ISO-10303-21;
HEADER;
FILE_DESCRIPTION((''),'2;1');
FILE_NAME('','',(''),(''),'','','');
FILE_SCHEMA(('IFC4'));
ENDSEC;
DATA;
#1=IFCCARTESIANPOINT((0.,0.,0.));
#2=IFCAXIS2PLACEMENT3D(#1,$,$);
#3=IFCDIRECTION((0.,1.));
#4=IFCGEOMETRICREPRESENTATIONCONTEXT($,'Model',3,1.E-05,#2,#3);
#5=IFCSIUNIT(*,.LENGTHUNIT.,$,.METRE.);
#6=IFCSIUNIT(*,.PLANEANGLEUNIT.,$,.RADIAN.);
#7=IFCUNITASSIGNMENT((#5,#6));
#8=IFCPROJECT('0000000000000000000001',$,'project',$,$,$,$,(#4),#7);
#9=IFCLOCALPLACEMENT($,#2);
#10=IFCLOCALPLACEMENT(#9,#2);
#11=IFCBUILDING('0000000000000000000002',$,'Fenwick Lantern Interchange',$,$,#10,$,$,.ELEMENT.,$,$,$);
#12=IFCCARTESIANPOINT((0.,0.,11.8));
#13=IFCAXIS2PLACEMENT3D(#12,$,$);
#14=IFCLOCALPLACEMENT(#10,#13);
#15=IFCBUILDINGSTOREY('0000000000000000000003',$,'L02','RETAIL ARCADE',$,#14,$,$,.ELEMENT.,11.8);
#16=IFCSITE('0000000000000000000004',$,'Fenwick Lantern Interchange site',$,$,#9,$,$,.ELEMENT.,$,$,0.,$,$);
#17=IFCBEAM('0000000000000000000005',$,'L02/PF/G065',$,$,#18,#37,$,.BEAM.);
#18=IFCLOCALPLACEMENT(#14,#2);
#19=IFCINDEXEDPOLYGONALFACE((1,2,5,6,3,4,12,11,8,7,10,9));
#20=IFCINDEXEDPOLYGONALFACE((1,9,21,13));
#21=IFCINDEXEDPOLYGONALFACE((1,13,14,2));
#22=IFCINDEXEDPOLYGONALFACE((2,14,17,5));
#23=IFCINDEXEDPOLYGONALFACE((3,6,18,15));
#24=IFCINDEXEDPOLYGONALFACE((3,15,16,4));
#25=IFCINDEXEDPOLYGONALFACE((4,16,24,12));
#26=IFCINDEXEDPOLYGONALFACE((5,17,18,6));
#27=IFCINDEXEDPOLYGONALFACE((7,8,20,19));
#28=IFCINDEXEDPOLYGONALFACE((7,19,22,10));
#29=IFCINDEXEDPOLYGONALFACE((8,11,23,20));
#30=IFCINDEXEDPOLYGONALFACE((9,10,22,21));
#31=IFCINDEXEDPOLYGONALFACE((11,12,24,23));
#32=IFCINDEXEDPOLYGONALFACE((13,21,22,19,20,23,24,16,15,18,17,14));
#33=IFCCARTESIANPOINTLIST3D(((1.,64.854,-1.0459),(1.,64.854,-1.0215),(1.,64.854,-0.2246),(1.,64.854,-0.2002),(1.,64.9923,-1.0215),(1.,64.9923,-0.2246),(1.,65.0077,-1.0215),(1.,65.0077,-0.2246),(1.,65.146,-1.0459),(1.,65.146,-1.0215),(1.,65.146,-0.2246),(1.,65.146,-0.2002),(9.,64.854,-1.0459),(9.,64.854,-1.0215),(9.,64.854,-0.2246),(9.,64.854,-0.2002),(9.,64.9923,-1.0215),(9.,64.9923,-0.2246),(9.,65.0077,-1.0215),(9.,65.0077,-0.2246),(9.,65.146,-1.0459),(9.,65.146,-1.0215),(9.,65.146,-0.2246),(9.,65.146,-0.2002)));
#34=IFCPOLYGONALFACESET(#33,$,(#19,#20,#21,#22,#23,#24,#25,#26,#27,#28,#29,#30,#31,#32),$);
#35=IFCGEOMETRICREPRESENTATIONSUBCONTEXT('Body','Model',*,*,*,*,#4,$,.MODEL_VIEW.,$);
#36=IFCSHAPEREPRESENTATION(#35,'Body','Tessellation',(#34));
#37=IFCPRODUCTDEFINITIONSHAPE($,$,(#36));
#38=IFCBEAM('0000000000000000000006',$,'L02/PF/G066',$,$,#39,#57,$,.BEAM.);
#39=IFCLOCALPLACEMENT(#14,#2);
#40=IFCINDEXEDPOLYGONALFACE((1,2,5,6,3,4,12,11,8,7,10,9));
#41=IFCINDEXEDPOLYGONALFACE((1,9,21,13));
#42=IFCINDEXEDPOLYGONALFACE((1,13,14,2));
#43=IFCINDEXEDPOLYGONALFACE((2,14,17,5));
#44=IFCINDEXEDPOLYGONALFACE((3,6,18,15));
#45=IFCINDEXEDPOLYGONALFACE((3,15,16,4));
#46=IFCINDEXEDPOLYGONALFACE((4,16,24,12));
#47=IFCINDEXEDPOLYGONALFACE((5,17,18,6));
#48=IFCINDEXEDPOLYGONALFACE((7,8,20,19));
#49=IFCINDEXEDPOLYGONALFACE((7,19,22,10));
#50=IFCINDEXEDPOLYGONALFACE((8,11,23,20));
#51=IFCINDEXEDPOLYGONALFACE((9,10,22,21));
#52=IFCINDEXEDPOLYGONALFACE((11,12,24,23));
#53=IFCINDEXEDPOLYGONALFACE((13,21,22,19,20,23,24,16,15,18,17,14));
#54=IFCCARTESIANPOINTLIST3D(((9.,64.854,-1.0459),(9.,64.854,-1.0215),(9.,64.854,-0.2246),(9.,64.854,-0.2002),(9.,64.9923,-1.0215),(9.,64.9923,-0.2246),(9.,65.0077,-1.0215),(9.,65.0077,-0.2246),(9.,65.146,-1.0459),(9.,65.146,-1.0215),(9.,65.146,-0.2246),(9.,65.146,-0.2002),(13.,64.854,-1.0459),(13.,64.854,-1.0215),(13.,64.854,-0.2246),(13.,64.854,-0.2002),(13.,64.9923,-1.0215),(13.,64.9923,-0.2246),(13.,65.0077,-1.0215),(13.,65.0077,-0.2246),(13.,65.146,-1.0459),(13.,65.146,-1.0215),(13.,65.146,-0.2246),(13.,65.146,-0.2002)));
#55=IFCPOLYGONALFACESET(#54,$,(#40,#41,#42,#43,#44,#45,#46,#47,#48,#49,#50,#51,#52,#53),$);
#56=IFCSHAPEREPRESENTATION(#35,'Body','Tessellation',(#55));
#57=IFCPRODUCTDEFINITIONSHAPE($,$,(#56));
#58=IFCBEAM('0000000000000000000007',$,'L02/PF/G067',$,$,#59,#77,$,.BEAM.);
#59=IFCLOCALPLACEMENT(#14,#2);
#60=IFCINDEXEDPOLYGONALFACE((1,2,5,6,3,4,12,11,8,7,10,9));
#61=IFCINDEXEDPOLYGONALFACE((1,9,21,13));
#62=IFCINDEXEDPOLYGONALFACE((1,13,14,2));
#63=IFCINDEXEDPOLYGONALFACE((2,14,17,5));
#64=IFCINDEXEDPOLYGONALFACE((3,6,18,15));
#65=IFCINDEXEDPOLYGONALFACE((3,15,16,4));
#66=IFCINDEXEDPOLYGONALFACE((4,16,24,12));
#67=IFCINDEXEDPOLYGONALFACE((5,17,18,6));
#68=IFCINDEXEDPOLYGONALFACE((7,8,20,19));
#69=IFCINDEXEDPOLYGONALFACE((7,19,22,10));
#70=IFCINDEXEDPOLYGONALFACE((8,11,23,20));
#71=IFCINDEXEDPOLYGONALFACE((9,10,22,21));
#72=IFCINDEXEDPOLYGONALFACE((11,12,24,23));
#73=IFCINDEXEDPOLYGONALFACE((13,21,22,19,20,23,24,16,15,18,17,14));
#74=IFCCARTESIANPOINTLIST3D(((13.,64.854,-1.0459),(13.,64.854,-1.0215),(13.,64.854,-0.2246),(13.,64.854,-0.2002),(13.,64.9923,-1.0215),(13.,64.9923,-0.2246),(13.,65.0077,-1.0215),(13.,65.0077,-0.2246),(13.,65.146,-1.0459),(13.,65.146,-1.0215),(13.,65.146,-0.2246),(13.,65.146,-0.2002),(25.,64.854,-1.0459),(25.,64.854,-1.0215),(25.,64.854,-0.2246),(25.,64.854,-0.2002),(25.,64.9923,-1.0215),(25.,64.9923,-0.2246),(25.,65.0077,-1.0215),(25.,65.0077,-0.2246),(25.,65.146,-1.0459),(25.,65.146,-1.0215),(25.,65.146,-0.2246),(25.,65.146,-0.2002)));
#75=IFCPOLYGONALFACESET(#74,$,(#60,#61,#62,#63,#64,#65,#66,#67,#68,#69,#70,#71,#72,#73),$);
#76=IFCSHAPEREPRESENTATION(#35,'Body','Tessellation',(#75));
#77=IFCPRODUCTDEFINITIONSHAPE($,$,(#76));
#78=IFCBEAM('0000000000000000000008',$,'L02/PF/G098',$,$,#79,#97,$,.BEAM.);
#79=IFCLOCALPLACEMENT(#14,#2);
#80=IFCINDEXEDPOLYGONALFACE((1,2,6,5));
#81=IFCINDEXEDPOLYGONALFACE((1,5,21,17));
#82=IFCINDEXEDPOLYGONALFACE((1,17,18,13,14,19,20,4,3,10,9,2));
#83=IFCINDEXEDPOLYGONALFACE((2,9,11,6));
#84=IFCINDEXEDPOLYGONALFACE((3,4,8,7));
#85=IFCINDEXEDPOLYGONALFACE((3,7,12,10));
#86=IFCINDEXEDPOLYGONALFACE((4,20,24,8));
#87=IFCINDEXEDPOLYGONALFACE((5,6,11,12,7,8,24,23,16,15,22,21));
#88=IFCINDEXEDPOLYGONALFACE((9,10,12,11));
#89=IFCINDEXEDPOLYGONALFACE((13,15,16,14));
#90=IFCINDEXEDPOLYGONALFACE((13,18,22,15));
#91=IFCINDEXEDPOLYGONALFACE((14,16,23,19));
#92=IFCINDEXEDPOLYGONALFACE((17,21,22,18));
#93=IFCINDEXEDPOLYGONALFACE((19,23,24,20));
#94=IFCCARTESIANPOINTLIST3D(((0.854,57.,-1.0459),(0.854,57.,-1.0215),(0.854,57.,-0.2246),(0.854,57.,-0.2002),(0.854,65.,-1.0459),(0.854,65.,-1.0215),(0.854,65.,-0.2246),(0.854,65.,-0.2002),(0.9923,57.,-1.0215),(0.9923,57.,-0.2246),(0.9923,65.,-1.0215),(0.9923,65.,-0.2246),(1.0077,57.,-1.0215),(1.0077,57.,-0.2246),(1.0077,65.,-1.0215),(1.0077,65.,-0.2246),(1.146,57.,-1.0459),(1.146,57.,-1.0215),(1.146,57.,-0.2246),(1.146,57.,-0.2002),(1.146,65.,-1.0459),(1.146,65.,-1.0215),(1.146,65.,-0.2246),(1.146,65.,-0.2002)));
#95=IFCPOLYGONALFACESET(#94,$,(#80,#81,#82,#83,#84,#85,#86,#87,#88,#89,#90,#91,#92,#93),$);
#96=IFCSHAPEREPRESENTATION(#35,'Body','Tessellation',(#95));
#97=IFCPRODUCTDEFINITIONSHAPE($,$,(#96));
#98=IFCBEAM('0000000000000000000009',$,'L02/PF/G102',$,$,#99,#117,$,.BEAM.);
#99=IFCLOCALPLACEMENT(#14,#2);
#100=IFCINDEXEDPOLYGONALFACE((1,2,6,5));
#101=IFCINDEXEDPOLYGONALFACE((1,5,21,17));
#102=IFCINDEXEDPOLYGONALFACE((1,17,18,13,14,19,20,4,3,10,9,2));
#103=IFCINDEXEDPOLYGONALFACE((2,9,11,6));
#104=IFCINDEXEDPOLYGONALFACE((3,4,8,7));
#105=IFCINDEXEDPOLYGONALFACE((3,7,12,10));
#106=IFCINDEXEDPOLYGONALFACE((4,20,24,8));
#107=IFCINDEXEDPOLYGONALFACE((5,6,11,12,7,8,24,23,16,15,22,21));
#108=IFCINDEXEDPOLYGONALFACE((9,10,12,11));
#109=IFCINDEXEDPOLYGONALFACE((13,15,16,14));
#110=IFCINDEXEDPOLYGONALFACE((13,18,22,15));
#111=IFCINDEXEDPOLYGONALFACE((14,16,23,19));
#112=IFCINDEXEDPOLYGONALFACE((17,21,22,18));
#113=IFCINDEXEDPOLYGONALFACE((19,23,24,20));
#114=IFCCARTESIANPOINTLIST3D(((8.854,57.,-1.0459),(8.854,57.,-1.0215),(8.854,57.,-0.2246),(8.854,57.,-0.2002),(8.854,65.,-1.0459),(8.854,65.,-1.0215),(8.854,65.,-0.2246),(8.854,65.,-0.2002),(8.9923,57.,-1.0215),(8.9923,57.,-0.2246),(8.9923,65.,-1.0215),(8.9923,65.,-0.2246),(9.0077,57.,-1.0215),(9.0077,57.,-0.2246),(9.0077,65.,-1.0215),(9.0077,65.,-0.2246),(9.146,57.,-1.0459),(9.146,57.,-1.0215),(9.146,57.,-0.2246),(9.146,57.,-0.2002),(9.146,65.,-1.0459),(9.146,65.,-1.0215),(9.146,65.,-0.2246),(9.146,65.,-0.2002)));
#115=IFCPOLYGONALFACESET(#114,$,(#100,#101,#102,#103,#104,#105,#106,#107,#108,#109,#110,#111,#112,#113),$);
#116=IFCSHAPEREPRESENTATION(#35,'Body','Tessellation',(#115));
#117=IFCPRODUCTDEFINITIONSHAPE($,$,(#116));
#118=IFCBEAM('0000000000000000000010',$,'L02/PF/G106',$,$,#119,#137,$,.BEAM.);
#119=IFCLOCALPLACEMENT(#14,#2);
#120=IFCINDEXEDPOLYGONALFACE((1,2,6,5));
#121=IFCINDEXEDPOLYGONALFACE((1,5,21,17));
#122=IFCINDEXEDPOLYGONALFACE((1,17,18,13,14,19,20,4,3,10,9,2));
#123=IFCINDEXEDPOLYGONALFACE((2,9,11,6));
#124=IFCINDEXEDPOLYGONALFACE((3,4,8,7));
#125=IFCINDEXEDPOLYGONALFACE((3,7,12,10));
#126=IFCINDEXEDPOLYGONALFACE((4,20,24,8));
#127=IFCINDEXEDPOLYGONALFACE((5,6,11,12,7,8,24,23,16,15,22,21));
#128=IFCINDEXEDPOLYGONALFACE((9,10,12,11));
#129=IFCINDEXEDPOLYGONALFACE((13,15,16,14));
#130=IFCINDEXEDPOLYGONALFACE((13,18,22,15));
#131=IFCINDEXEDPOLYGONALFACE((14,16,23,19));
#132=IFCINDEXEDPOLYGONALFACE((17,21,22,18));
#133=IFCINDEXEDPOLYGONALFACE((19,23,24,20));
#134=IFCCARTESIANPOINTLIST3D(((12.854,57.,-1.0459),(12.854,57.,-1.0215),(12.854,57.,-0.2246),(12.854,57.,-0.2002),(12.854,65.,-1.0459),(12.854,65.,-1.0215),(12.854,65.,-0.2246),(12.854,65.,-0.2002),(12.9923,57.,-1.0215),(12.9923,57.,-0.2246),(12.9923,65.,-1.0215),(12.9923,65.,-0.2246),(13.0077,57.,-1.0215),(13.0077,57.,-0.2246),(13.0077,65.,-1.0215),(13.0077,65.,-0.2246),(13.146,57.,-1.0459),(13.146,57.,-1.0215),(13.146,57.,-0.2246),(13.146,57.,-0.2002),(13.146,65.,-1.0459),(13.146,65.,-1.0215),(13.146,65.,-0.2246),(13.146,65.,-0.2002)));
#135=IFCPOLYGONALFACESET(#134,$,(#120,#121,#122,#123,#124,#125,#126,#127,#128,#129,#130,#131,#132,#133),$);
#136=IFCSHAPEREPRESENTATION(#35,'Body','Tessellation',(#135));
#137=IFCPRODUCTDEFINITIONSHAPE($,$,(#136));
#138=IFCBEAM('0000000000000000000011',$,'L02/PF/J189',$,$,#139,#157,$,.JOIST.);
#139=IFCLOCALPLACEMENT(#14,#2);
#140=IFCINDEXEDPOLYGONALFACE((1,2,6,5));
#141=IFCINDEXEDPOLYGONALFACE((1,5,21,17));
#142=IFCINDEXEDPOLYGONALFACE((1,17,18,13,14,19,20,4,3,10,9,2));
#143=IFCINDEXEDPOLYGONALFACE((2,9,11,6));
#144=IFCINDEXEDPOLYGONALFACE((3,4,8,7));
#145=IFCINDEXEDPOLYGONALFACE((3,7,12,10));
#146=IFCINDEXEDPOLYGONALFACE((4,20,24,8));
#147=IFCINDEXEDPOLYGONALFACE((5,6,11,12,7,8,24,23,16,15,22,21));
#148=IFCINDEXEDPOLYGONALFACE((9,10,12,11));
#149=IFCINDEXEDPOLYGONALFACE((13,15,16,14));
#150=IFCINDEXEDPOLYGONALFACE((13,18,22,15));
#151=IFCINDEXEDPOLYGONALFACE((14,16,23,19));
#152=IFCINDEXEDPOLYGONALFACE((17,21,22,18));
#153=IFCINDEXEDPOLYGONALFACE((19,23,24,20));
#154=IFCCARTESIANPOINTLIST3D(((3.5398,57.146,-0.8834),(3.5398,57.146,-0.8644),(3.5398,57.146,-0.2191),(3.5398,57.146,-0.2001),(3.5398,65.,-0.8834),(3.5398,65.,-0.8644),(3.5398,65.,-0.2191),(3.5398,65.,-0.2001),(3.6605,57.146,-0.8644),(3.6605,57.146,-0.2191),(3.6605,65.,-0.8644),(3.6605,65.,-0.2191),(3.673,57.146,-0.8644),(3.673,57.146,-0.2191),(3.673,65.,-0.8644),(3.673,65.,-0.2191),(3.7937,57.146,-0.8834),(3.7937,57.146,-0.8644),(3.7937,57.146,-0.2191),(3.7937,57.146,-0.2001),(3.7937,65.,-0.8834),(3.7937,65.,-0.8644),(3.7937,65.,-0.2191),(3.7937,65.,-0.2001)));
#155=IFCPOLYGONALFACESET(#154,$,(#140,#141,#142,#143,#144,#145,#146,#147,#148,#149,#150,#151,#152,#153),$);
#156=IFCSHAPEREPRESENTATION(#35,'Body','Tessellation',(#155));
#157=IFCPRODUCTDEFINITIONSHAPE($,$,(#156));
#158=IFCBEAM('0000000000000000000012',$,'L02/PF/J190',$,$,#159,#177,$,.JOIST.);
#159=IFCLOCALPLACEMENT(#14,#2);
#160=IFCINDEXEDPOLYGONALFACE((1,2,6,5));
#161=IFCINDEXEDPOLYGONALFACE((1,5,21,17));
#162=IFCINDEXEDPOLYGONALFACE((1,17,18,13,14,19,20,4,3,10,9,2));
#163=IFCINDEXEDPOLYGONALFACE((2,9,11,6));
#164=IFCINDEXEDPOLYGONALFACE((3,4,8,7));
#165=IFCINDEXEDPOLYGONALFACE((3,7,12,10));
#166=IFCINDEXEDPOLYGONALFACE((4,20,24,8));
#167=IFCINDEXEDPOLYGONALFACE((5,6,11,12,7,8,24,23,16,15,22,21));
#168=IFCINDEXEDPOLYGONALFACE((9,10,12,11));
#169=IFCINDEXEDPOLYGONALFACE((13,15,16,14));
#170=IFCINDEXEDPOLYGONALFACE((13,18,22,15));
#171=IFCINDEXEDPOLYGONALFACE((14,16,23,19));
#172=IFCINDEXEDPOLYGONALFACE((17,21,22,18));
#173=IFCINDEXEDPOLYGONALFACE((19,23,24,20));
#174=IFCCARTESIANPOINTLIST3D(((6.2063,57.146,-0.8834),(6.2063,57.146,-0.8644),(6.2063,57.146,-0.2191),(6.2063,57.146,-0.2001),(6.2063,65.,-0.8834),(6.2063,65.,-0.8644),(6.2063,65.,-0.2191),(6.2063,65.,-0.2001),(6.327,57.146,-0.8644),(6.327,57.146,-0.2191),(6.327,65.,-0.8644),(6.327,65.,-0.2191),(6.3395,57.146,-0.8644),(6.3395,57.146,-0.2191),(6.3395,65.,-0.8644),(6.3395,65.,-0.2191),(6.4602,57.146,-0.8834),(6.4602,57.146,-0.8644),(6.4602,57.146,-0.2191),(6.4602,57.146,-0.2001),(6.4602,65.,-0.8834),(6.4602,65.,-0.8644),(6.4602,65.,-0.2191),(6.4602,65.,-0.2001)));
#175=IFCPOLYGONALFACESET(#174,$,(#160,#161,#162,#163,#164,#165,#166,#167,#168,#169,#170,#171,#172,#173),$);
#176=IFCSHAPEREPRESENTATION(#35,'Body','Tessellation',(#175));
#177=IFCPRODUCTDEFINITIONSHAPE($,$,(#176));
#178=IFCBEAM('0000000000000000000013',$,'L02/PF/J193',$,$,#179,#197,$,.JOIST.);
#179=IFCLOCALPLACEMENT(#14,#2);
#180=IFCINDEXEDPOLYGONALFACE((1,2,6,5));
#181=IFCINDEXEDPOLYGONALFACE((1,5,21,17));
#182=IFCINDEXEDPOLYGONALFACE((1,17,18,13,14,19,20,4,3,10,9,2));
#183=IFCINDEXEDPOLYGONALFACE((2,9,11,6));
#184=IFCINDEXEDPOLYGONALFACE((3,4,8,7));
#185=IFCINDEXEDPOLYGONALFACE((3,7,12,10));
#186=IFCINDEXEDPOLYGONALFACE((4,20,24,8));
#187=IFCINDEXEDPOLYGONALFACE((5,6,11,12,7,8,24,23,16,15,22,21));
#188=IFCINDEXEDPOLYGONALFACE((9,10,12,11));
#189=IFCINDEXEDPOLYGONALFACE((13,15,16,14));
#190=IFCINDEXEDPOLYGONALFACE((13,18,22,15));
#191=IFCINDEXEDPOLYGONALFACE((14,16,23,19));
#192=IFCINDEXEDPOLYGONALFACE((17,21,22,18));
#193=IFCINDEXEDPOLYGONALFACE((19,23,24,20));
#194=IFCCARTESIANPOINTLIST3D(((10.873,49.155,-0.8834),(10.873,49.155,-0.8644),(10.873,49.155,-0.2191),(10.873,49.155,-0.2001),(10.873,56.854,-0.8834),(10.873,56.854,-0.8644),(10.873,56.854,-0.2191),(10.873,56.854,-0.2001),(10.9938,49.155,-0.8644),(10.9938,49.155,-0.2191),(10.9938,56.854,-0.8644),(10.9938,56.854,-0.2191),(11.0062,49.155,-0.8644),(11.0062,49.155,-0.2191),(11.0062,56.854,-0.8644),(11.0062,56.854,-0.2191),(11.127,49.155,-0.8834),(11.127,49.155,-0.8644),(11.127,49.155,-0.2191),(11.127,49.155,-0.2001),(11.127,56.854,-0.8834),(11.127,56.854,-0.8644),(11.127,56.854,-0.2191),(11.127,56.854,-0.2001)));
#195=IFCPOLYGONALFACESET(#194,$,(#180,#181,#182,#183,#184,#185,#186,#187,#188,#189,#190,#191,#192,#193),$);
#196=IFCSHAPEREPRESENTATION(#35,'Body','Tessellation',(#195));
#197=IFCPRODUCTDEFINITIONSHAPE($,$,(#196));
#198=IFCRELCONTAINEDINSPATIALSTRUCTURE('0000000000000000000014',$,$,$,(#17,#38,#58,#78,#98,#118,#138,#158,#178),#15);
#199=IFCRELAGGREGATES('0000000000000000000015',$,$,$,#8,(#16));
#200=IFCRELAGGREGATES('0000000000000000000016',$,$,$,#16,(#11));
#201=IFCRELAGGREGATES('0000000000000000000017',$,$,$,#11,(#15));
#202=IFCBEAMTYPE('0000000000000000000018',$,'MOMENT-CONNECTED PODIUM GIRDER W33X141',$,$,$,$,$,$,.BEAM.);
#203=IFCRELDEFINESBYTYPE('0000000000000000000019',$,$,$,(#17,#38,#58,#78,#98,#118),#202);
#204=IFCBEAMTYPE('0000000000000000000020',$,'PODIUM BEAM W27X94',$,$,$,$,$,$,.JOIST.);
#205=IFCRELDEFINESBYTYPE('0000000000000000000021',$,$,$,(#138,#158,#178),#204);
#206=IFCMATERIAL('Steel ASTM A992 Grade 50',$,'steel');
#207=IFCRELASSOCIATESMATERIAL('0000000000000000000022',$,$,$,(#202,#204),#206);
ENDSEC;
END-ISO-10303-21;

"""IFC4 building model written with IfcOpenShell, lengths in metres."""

from ifc_helpers import new_model, si_unit, direction, frame, origin, origin_2d, place, context, subcontext, project, spatial, i_section, extrude, material, material_profile, profile_set, type_object, element, save


model = new_model("IFC4")

# Units and contexts
model_context = context("Model", 3, precision=1e-05, world=origin(), true_north=direction((0.0, 1.0)))
body_context = subcontext(model_context, "Body", "Model", "MODEL_VIEW")
ifc_project = project(units=[si_unit("LENGTHUNIT", "METRE"), si_unit("PLANEANGLEUNIT", "RADIAN")], contexts=[model_context])

# Site, building, storey
site_placement = place(None, origin())
site = spatial("IfcSite", under=ifc_project, at=site_placement, Name="Fenwick Lantern Interchange site", CompositionType="ELEMENT", RefElevation=0.0)
building_placement = place(site_placement, origin())
building = spatial("IfcBuilding", under=site, at=building_placement, Name="Fenwick Lantern Interchange", CompositionType="ELEMENT")
storey_placement = place(building_placement, frame((0.0, 0.0, 11.8)))
storey = spatial("IfcBuildingStorey", under=building, at=storey_placement, Name="L02", Description="RETAIL ARCADE", CompositionType="ELEMENT", Elevation=11.8)

# Shared definitions
ifc_material_1 = material(Name="Steel ASTM A992 Grade 50", Category="steel")

# Beams
ifc_material_profile_1 = material_profile(ifc_material_1, i_section(OverallWidth=0.292, OverallDepth=0.8457, WebThickness=0.0154, FlangeThickness=0.0244, at=origin_2d()), Name="W33X141")
ifc_profile_set_1 = profile_set([ifc_material_profile_1], Name="Steel ASTM A992 Grade 50")
beam_type_1 = type_object("IfcBeamType", Name="MOMENT-CONNECTED PODIUM GIRDER W33X141", PredefinedType="BEAM", material=ifc_profile_set_1)
beam_1_placement = place(storey_placement, frame((1.0, 65.0, -0.623), z_axis=(1.0, 0.0, 0.0), x_axis=(0.0, 1.0, 0.0)))
element("IfcBeam", 1, at=beam_1_placement, inside=storey, type_object=beam_type_1, Name="L02/PF/G065", PredefinedType="BEAM", context=body_context, shape_type="SweptSolid", body=[
    extrude(i_section(OverallWidth=0.292, OverallDepth=0.8457, WebThickness=0.0154, FlangeThickness=0.0244, at=origin_2d()), origin(), (0.0, 0.0, 1.0), 8.0),
])
beam_2_placement = place(storey_placement, frame((9.0, 65.0, -0.623), z_axis=(1.0, 0.0, 0.0), x_axis=(0.0, 1.0, 0.0)))
element("IfcBeam", 2, at=beam_2_placement, inside=storey, type_object=beam_type_1, Name="L02/PF/G066", PredefinedType="BEAM", context=body_context, shape_type="SweptSolid", body=[
    extrude(i_section(OverallWidth=0.292, OverallDepth=0.8457, WebThickness=0.0154, FlangeThickness=0.0244, at=origin_2d()), origin(), (0.0, 0.0, 1.0), 4.0),
])
beam_3_placement = place(storey_placement, frame((13.0, 65.0, -0.623), z_axis=(1.0, 0.0, 0.0), x_axis=(0.0, 1.0, 0.0)))
element("IfcBeam", 3, at=beam_3_placement, inside=storey, type_object=beam_type_1, Name="L02/PF/G067", PredefinedType="BEAM", context=body_context, shape_type="SweptSolid", body=[
    extrude(i_section(OverallWidth=0.292, OverallDepth=0.8457, WebThickness=0.0154, FlangeThickness=0.0244, at=origin_2d()), origin(), (0.0, 0.0, 1.0), 12.0),
])
for number, where, z_axis, x_axis, name in (
    (4, (1.0, 57.0, -0.623), (0.0, 1.0, 0.0), (-1.0, 0.0, 0.0), "L02/PF/G098"),
    (5, (9.0, 57.0, -0.623), (0.0, 1.0, 0.0), (-1.0, 0.0, 0.0), "L02/PF/G102"),
    (6, (13.0, 57.0, -0.623), (0.0, 1.0, 0.0), (-1.0, 0.0, 0.0), "L02/PF/G106"),
):
    element("IfcBeam", number, at=place(storey_placement, frame(where, z_axis=z_axis, x_axis=x_axis)), inside=storey, type_object=beam_type_1, Name=name, PredefinedType="BEAM", context=body_context, shape_type="SweptSolid", body=[
        extrude(i_section(OverallWidth=0.292, OverallDepth=0.8457, WebThickness=0.0154, FlangeThickness=0.0244, at=origin_2d()), origin(), (0.0, 0.0, 1.0), 8.0),
    ])
ifc_material_profile_2 = material_profile(ifc_material_1, i_section(OverallWidth=0.2539, OverallDepth=0.6833, WebThickness=0.0125, FlangeThickness=0.019, at=origin_2d()), Name="W27X94")
ifc_profile_set_2 = profile_set([ifc_material_profile_2], Name="Steel ASTM A992 Grade 50")
beam_type_2 = type_object("IfcBeamType", Name="PODIUM BEAM W27X94", PredefinedType="JOIST", material=ifc_profile_set_2)
for number, where, z_axis, x_axis, name in (
    (7, (3.6667, 57.146, -0.5417), (0.0, 1.0, 0.0), (-1.0, 0.0, 0.0), "L02/PF/J189"),
    (8, (6.3333, 57.146, -0.5417), (0.0, 1.0, 0.0), (-1.0, 0.0, 0.0), "L02/PF/J190"),
):
    element("IfcBeam", number, at=place(storey_placement, frame(where, z_axis=z_axis, x_axis=x_axis)), inside=storey, type_object=beam_type_2, Name=name, PredefinedType="JOIST", context=body_context, shape_type="SweptSolid", body=[
        extrude(i_section(OverallWidth=0.2539, OverallDepth=0.6833, WebThickness=0.0125, FlangeThickness=0.019, at=origin_2d()), origin(), (0.0, 0.0, 1.0), 7.854),
    ])
beam_4_placement = place(storey_placement, frame((11.0, 49.155, -0.5417), z_axis=(0.0, 1.0, 0.0), x_axis=(-1.0, 0.0, 0.0)))
element("IfcBeam", 9, at=beam_4_placement, inside=storey, type_object=beam_type_2, Name="L02/PF/J193", PredefinedType="JOIST", context=body_context, shape_type="SweptSolid", body=[
    extrude(i_section(OverallWidth=0.2539, OverallDepth=0.6833, WebThickness=0.0125, FlangeThickness=0.019, at=origin_2d()), origin(), (0.0, 0.0, 1.0), 7.699),
])

save(model, "model.ifc")
